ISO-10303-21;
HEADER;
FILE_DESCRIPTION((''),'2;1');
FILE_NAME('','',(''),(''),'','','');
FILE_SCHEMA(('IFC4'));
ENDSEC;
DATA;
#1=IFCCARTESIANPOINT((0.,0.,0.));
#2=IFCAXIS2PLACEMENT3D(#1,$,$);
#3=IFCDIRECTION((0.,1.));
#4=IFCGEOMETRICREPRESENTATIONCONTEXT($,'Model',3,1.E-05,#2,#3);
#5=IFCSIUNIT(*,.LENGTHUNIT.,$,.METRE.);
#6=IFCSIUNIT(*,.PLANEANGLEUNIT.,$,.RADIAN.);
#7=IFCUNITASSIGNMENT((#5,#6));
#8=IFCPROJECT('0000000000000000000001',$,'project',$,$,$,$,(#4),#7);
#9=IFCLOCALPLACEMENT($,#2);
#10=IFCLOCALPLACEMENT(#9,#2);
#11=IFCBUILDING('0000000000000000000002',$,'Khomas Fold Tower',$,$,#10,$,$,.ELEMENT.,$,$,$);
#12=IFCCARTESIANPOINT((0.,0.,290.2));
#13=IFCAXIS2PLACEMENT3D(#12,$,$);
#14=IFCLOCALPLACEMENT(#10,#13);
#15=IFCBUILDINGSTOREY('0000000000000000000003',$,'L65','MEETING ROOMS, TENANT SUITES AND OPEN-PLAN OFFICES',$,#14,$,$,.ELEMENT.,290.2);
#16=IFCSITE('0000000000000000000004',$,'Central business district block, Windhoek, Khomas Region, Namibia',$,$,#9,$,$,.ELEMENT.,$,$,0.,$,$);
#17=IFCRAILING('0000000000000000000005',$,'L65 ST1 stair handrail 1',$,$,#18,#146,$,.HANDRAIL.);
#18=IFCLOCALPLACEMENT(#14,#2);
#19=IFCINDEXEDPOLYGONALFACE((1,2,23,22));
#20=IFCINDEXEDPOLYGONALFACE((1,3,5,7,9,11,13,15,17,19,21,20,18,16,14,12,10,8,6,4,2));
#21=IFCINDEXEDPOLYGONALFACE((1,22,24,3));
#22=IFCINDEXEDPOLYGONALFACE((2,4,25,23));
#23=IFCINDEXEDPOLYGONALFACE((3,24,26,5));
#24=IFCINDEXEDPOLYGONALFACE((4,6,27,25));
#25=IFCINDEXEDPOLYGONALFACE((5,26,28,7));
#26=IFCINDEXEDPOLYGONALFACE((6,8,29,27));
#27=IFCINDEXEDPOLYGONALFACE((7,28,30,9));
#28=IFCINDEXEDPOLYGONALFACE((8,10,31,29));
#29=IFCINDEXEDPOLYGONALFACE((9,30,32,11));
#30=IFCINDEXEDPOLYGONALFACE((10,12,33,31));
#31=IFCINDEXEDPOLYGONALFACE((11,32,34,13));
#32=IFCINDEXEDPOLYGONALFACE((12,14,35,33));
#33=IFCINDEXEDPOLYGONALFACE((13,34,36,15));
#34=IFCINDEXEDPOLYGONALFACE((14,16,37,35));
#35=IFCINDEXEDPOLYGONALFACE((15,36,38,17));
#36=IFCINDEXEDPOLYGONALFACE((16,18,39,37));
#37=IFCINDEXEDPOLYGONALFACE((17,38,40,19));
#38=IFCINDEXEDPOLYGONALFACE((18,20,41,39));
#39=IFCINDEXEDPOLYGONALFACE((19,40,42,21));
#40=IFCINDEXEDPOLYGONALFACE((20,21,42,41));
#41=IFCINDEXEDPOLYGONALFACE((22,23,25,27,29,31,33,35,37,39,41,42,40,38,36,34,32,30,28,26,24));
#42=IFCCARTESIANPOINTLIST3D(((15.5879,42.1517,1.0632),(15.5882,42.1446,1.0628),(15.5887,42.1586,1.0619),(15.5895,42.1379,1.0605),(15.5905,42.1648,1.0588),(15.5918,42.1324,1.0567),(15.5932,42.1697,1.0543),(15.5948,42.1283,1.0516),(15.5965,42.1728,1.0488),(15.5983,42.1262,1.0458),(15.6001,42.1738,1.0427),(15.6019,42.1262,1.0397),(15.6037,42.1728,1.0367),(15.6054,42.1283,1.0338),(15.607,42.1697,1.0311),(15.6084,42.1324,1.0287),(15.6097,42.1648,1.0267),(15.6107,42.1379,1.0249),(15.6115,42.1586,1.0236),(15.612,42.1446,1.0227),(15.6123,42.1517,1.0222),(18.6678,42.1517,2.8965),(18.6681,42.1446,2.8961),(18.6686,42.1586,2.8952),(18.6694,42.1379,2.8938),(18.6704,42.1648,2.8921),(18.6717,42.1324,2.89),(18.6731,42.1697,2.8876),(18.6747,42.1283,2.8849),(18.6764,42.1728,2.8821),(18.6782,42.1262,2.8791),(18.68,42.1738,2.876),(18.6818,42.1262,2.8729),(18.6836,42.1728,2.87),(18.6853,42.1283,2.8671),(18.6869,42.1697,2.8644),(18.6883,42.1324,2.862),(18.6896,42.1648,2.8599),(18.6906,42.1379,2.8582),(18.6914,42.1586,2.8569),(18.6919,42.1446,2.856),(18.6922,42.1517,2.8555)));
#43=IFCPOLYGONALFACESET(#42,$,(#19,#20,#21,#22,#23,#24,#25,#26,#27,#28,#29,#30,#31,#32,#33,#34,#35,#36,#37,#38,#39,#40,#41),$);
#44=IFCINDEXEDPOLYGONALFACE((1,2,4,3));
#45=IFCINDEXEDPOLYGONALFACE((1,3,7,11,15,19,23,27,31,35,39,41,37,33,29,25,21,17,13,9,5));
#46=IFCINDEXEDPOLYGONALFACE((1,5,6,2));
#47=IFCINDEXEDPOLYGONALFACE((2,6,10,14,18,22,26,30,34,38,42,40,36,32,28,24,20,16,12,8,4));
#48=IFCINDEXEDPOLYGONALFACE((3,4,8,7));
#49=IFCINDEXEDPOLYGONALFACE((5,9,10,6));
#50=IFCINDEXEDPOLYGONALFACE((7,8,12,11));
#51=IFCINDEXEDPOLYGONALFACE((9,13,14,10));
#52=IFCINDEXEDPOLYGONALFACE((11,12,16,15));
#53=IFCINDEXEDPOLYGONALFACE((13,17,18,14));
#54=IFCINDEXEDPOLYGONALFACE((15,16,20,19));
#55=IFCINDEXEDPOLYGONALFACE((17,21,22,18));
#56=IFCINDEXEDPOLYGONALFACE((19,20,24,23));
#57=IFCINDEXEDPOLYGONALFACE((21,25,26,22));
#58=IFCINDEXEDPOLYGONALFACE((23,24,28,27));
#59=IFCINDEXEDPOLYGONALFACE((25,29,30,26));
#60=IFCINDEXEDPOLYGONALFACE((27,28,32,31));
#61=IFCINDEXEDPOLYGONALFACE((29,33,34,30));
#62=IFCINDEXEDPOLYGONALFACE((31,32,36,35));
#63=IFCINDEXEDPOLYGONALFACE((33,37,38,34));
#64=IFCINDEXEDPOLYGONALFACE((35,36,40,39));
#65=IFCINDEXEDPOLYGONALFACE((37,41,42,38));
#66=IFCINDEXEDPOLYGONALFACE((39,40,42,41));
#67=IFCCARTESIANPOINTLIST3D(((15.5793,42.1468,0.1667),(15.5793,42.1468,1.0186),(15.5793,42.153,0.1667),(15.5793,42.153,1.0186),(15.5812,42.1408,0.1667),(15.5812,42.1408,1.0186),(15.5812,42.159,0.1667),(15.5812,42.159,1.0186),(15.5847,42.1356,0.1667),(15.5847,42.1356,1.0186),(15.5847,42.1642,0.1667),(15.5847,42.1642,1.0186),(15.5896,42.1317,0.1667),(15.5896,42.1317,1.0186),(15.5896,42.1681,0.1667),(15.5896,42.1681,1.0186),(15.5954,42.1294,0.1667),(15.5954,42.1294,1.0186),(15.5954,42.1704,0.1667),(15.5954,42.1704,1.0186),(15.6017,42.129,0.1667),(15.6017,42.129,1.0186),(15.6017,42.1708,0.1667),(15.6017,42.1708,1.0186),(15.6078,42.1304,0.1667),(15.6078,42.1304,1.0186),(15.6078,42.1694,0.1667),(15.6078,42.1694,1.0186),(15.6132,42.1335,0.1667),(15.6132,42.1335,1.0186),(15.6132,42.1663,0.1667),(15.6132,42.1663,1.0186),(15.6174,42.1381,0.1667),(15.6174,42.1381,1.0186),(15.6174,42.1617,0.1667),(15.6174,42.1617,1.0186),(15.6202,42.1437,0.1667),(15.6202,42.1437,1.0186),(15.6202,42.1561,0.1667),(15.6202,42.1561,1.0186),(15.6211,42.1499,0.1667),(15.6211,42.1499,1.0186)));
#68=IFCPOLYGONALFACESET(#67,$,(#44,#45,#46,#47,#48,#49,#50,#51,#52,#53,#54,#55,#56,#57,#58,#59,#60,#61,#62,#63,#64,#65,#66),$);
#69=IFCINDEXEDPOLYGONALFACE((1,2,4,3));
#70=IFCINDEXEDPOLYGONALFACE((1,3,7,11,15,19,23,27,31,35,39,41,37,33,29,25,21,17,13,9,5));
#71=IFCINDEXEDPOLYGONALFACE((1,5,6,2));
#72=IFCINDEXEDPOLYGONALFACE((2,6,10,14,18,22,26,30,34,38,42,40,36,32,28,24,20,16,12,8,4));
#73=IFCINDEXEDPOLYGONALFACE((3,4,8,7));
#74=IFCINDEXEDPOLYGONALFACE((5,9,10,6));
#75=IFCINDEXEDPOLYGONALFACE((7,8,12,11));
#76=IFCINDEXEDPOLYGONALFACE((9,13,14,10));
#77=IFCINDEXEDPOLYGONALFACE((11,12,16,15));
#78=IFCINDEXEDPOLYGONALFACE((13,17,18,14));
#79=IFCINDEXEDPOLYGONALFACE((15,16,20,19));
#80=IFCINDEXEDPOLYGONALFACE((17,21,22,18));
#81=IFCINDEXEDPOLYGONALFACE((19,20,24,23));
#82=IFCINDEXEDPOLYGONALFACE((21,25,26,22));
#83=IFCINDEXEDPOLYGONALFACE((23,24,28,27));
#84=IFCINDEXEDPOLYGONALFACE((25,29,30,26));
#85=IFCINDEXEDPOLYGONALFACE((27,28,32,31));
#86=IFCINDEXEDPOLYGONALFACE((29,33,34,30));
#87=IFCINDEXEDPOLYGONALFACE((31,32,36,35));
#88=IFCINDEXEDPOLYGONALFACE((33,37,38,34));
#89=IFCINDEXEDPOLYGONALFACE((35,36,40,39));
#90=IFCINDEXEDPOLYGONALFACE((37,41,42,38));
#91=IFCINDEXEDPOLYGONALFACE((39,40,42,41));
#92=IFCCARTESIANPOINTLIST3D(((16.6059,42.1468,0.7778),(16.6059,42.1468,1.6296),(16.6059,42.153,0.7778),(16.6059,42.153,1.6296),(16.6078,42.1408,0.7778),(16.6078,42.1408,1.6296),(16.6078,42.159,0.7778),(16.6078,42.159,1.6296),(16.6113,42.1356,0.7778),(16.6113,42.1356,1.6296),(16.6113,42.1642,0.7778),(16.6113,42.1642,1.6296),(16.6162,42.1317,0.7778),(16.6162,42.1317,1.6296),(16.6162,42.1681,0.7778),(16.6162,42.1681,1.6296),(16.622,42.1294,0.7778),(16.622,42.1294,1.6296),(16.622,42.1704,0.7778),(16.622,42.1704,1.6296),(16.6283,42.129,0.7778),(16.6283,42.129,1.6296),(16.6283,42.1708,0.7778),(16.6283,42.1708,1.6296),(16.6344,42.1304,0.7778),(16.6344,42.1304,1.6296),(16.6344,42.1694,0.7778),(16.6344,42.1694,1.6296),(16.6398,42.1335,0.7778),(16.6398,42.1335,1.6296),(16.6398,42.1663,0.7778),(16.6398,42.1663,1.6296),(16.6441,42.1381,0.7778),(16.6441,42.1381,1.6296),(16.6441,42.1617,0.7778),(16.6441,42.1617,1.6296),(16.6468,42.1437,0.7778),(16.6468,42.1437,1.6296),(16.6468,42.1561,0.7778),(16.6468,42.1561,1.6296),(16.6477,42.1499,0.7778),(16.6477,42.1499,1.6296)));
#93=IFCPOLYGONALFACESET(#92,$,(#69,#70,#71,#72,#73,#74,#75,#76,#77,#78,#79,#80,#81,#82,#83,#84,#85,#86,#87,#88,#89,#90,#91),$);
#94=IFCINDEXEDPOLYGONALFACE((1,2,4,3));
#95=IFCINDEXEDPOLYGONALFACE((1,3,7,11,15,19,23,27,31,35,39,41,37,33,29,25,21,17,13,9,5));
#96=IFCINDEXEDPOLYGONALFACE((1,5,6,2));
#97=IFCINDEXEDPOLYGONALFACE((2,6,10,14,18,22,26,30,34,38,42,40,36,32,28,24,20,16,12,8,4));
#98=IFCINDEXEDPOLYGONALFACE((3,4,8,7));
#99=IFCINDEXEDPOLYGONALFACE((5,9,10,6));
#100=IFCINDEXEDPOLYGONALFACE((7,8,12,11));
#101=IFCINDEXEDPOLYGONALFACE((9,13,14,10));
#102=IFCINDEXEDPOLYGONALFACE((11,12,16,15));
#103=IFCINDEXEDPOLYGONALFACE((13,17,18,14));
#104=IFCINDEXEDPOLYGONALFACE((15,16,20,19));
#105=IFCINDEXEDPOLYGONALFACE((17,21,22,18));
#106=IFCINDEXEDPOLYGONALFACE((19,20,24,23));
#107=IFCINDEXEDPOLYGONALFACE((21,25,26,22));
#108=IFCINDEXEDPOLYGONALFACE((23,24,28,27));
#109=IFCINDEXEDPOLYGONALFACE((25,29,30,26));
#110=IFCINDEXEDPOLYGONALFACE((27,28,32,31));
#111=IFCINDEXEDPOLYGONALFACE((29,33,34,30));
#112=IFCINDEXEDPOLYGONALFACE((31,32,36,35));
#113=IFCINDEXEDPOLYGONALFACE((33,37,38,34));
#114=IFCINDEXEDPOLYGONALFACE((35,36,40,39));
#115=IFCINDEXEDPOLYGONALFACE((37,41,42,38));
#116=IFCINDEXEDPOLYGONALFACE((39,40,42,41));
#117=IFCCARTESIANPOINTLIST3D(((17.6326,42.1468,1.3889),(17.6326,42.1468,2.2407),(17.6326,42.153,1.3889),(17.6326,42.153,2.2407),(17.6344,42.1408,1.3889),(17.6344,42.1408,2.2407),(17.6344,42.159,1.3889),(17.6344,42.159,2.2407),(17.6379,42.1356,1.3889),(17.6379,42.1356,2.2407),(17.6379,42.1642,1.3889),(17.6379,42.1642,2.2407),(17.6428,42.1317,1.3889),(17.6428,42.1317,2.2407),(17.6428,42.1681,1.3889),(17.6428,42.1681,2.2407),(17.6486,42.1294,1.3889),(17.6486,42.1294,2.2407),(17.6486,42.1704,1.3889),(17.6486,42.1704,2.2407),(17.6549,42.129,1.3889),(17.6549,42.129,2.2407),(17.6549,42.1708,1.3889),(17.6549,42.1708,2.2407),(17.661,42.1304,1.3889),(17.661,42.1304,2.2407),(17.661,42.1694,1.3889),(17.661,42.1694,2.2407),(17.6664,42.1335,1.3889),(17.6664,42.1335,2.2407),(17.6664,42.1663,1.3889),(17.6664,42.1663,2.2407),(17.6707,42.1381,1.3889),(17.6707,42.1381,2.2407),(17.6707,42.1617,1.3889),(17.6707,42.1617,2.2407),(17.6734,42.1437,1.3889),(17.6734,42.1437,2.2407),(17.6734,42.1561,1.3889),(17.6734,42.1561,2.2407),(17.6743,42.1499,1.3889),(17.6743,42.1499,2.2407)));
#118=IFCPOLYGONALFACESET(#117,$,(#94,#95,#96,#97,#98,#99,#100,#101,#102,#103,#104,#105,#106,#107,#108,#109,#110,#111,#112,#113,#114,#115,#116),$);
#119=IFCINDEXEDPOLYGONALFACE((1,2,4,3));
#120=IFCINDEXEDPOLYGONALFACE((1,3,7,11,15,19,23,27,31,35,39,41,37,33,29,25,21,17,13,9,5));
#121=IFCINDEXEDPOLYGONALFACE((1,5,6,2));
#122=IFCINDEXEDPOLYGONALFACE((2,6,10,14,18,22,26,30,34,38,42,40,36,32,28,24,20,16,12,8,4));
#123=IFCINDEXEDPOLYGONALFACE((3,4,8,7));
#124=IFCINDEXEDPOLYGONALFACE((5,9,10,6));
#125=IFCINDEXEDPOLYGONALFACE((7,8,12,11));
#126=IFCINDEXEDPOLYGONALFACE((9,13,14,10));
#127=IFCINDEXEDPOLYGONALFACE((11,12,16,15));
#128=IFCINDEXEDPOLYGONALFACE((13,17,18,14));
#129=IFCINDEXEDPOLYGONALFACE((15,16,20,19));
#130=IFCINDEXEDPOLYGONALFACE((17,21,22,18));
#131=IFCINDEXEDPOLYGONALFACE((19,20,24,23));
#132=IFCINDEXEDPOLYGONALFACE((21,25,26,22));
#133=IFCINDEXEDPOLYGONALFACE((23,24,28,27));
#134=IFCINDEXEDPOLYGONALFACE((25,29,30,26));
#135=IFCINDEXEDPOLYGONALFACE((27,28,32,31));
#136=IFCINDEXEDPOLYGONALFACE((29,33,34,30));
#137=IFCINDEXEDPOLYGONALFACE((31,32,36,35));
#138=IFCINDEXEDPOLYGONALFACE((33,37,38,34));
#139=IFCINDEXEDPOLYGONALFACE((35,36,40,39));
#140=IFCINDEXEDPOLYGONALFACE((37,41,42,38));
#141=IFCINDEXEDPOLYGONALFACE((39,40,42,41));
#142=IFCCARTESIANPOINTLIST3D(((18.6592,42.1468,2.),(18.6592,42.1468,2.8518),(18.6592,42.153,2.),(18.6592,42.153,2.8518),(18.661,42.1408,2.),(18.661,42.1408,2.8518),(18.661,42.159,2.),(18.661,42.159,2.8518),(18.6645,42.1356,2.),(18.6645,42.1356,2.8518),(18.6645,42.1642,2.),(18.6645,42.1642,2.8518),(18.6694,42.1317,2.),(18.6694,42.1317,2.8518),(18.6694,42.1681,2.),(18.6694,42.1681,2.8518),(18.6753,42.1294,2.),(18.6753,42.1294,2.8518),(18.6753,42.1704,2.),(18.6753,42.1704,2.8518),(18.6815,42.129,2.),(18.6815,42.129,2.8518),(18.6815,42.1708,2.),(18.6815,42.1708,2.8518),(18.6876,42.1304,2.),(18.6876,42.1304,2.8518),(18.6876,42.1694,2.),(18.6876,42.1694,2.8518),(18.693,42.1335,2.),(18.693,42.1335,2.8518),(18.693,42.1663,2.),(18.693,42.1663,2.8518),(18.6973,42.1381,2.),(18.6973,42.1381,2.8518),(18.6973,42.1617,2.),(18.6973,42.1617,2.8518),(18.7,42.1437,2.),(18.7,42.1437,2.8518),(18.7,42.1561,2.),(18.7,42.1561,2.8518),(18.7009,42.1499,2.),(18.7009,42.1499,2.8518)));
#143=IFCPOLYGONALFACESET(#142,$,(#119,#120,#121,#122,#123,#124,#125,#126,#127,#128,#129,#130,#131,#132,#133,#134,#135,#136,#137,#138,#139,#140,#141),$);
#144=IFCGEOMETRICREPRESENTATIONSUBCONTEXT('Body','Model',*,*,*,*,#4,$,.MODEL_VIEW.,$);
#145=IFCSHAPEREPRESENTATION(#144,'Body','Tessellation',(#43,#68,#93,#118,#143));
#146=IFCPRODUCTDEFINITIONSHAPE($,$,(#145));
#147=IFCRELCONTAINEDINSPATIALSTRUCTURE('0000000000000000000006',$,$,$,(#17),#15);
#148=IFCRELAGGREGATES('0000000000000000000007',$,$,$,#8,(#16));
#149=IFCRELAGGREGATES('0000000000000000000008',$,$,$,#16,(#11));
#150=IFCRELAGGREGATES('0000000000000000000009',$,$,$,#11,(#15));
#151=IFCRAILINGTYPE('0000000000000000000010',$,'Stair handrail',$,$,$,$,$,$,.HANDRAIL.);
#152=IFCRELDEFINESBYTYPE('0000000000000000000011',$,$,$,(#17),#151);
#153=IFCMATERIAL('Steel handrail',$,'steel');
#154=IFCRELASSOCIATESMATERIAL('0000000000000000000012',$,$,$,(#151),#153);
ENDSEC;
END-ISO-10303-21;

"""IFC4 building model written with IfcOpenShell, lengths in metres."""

from ifc_helpers import new_model, si_unit, direction, frame, origin, origin_2d, place, context, subcontext, project, spatial, circle, extrude, source, transform, mapped, material, type_object, element, save


model = new_model("IFC4")

# Units and contexts
model_context = context("Model", 3, precision=1e-05, world=origin(), true_north=direction((0.0, 1.0)))
body_context = subcontext(model_context, "Body", "Model", "MODEL_VIEW")
ifc_project = project(units=[si_unit("LENGTHUNIT", "METRE"), si_unit("PLANEANGLEUNIT", "RADIAN")], contexts=[model_context])

# Site, building, storey
site_placement = place(None, origin())
site = spatial("IfcSite", under=ifc_project, at=site_placement, Name="Central business district block, Windhoek, Khomas Region, Namibia", CompositionType="ELEMENT", RefElevation=0.0)
building_placement = place(site_placement, origin())
building = spatial("IfcBuilding", under=site, at=building_placement, Name="Khomas Fold Tower", CompositionType="ELEMENT")
storey_placement = place(building_placement, frame((0.0, 0.0, 290.2)))
storey = spatial("IfcBuildingStorey", under=building, at=storey_placement, Name="L65", Description="MEETING ROOMS, TENANT SUITES AND OPEN-PLAN OFFICES", CompositionType="ELEMENT", Elevation=290.2)

# Railing
ifc_material_1 = material(Name="Steel handrail", Category="steel")
railing_type_1 = type_object("IfcRailingType", Name="Stair handrail", PredefinedType="HANDRAIL", material=ifc_material_1)
shared_shape_1 = source(origin(), body_context, "Body", "SweptSolid", [
    extrude(circle(Radius=0.0239, at=origin_2d()), frame((0.0, 0.0, 0.876), z_axis=(0.859291, 0.0, 0.511487), x_axis=(0.0, 1.0, 0.0)), (0.0, 0.0, 1.0), 3.5842),
    extrude(circle(Radius=0.021, at=origin_2d()), origin(), (0.0, 0.0, 1.0), 0.8518),
    extrude(circle(Radius=0.021, at=origin_2d()), frame((1.0266, 0.0, 0.6111)), (0.0, 0.0, 1.0), 0.8518),
    extrude(circle(Radius=0.021, at=origin_2d()), frame((2.0532, 0.0, 1.2222)), (0.0, 0.0, 1.0), 0.8518),
    extrude(circle(Radius=0.021, at=origin_2d()), frame((3.0798, 0.0, 1.8333)), (0.0, 0.0, 1.0), 0.8518),
])
railing_1_placement = place(storey_placement, frame((15.6001, 42.1499, 0.1667)))
element("IfcRailing", 1, at=railing_1_placement, inside=storey, type_object=railing_type_1, Name="L65 ST1 stair handrail 1", PredefinedType="HANDRAIL", context=body_context, shape_type="MappedRepresentation", body=[
    mapped(shared_shape_1, transform((0.0, 0.0, 0.0))),
])

save(model, "model.ifc")
